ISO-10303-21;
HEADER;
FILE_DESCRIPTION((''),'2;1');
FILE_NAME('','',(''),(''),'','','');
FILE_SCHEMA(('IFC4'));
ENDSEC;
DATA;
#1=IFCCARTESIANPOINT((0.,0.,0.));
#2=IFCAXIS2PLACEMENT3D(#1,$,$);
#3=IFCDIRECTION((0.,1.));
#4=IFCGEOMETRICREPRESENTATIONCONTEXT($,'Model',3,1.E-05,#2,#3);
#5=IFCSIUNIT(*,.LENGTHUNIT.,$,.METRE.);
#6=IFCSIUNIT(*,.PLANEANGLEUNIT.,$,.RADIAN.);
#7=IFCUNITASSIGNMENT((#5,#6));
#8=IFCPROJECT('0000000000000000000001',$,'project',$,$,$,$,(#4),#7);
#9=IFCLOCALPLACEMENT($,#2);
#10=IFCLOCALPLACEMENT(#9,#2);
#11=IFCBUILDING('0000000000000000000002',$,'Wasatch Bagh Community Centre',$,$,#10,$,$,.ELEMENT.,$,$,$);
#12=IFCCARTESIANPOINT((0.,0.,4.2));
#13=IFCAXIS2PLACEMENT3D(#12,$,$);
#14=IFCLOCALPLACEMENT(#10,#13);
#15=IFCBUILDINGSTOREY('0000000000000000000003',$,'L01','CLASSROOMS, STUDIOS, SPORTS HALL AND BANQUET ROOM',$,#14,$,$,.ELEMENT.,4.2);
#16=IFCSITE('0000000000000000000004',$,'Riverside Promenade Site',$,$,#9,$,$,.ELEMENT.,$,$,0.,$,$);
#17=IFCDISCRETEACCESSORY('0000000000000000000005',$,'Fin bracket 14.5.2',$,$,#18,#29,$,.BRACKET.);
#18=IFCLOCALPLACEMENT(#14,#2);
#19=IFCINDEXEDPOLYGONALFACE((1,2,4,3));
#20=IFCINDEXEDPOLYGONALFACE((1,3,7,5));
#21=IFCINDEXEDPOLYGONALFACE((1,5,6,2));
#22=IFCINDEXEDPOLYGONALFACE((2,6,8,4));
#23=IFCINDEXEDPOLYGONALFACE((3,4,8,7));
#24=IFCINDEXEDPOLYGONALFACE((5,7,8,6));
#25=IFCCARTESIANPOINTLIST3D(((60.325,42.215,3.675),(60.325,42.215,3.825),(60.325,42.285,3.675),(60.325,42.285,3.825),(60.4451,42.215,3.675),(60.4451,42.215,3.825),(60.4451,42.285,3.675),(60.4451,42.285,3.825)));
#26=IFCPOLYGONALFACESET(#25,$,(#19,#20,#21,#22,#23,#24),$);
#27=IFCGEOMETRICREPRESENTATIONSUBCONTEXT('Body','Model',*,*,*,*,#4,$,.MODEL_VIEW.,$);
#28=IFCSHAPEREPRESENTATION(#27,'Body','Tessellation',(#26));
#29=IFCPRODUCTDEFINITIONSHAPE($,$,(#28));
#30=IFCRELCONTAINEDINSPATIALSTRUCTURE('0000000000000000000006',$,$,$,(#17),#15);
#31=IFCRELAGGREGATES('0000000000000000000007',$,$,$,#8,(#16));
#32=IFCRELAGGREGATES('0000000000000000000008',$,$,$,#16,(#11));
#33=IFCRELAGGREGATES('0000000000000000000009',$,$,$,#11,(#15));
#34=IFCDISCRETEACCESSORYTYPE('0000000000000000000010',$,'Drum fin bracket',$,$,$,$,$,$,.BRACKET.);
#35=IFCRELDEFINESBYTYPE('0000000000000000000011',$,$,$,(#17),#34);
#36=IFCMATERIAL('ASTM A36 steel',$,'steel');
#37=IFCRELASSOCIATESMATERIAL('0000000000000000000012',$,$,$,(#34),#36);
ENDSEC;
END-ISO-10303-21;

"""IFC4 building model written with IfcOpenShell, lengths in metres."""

from ifc_helpers import new_model, si_unit, direction, frame, origin, origin_2d, place, context, subcontext, project, spatial, rectangle, extrude, material, type_object, element, save


model = new_model("IFC4")

# Units and contexts
model_context = context("Model", 3, precision=1e-05, world=origin(), true_north=direction((0.0, 1.0)))
body_context = subcontext(model_context, "Body", "Model", "MODEL_VIEW")
ifc_project = project(units=[si_unit("LENGTHUNIT", "METRE"), si_unit("PLANEANGLEUNIT", "RADIAN")], contexts=[model_context])

# Site, building, storey
site_placement = place(None, origin())
site = spatial("IfcSite", under=ifc_project, at=site_placement, Name="Riverside Promenade Site", CompositionType="ELEMENT", RefElevation=0.0)
building_placement = place(site_placement, origin())
building = spatial("IfcBuilding", under=site, at=building_placement, Name="Wasatch Bagh Community Centre", CompositionType="ELEMENT")
storey_placement = place(building_placement, frame((0.0, 0.0, 4.2)))
storey = spatial("IfcBuildingStorey", under=building, at=storey_placement, Name="L01", Description="CLASSROOMS, STUDIOS, SPORTS HALL AND BANQUET ROOM", CompositionType="ELEMENT", Elevation=4.2)

# Discrete accessory
ifc_material_1 = material(Name="ASTM A36 steel", Category="steel")
discrete_accessory_type = type_object("IfcDiscreteAccessoryType", Name="Drum fin bracket", PredefinedType="BRACKET", material=ifc_material_1)
for number, where, z_axis, x_axis, name in (
    (1, (60.385, 42.25, 3.675), (0.0, 0.0, 1.0), (0.0, 1.0, 0.0), "Fin bracket 14.5.2"),
):
    element("IfcDiscreteAccessory", number, at=place(storey_placement, frame(where, z_axis=z_axis, x_axis=x_axis)), inside=storey, type_object=discrete_accessory_type, Name=name, PredefinedType="BRACKET", context=body_context, shape_type="SweptSolid", body=[
        extrude(rectangle(XDim=0.0701, YDim=0.1201, at=origin_2d()), origin(), (0.0, 0.0, 1.0), 0.1499),
    ])

save(model, "model.ifc")
